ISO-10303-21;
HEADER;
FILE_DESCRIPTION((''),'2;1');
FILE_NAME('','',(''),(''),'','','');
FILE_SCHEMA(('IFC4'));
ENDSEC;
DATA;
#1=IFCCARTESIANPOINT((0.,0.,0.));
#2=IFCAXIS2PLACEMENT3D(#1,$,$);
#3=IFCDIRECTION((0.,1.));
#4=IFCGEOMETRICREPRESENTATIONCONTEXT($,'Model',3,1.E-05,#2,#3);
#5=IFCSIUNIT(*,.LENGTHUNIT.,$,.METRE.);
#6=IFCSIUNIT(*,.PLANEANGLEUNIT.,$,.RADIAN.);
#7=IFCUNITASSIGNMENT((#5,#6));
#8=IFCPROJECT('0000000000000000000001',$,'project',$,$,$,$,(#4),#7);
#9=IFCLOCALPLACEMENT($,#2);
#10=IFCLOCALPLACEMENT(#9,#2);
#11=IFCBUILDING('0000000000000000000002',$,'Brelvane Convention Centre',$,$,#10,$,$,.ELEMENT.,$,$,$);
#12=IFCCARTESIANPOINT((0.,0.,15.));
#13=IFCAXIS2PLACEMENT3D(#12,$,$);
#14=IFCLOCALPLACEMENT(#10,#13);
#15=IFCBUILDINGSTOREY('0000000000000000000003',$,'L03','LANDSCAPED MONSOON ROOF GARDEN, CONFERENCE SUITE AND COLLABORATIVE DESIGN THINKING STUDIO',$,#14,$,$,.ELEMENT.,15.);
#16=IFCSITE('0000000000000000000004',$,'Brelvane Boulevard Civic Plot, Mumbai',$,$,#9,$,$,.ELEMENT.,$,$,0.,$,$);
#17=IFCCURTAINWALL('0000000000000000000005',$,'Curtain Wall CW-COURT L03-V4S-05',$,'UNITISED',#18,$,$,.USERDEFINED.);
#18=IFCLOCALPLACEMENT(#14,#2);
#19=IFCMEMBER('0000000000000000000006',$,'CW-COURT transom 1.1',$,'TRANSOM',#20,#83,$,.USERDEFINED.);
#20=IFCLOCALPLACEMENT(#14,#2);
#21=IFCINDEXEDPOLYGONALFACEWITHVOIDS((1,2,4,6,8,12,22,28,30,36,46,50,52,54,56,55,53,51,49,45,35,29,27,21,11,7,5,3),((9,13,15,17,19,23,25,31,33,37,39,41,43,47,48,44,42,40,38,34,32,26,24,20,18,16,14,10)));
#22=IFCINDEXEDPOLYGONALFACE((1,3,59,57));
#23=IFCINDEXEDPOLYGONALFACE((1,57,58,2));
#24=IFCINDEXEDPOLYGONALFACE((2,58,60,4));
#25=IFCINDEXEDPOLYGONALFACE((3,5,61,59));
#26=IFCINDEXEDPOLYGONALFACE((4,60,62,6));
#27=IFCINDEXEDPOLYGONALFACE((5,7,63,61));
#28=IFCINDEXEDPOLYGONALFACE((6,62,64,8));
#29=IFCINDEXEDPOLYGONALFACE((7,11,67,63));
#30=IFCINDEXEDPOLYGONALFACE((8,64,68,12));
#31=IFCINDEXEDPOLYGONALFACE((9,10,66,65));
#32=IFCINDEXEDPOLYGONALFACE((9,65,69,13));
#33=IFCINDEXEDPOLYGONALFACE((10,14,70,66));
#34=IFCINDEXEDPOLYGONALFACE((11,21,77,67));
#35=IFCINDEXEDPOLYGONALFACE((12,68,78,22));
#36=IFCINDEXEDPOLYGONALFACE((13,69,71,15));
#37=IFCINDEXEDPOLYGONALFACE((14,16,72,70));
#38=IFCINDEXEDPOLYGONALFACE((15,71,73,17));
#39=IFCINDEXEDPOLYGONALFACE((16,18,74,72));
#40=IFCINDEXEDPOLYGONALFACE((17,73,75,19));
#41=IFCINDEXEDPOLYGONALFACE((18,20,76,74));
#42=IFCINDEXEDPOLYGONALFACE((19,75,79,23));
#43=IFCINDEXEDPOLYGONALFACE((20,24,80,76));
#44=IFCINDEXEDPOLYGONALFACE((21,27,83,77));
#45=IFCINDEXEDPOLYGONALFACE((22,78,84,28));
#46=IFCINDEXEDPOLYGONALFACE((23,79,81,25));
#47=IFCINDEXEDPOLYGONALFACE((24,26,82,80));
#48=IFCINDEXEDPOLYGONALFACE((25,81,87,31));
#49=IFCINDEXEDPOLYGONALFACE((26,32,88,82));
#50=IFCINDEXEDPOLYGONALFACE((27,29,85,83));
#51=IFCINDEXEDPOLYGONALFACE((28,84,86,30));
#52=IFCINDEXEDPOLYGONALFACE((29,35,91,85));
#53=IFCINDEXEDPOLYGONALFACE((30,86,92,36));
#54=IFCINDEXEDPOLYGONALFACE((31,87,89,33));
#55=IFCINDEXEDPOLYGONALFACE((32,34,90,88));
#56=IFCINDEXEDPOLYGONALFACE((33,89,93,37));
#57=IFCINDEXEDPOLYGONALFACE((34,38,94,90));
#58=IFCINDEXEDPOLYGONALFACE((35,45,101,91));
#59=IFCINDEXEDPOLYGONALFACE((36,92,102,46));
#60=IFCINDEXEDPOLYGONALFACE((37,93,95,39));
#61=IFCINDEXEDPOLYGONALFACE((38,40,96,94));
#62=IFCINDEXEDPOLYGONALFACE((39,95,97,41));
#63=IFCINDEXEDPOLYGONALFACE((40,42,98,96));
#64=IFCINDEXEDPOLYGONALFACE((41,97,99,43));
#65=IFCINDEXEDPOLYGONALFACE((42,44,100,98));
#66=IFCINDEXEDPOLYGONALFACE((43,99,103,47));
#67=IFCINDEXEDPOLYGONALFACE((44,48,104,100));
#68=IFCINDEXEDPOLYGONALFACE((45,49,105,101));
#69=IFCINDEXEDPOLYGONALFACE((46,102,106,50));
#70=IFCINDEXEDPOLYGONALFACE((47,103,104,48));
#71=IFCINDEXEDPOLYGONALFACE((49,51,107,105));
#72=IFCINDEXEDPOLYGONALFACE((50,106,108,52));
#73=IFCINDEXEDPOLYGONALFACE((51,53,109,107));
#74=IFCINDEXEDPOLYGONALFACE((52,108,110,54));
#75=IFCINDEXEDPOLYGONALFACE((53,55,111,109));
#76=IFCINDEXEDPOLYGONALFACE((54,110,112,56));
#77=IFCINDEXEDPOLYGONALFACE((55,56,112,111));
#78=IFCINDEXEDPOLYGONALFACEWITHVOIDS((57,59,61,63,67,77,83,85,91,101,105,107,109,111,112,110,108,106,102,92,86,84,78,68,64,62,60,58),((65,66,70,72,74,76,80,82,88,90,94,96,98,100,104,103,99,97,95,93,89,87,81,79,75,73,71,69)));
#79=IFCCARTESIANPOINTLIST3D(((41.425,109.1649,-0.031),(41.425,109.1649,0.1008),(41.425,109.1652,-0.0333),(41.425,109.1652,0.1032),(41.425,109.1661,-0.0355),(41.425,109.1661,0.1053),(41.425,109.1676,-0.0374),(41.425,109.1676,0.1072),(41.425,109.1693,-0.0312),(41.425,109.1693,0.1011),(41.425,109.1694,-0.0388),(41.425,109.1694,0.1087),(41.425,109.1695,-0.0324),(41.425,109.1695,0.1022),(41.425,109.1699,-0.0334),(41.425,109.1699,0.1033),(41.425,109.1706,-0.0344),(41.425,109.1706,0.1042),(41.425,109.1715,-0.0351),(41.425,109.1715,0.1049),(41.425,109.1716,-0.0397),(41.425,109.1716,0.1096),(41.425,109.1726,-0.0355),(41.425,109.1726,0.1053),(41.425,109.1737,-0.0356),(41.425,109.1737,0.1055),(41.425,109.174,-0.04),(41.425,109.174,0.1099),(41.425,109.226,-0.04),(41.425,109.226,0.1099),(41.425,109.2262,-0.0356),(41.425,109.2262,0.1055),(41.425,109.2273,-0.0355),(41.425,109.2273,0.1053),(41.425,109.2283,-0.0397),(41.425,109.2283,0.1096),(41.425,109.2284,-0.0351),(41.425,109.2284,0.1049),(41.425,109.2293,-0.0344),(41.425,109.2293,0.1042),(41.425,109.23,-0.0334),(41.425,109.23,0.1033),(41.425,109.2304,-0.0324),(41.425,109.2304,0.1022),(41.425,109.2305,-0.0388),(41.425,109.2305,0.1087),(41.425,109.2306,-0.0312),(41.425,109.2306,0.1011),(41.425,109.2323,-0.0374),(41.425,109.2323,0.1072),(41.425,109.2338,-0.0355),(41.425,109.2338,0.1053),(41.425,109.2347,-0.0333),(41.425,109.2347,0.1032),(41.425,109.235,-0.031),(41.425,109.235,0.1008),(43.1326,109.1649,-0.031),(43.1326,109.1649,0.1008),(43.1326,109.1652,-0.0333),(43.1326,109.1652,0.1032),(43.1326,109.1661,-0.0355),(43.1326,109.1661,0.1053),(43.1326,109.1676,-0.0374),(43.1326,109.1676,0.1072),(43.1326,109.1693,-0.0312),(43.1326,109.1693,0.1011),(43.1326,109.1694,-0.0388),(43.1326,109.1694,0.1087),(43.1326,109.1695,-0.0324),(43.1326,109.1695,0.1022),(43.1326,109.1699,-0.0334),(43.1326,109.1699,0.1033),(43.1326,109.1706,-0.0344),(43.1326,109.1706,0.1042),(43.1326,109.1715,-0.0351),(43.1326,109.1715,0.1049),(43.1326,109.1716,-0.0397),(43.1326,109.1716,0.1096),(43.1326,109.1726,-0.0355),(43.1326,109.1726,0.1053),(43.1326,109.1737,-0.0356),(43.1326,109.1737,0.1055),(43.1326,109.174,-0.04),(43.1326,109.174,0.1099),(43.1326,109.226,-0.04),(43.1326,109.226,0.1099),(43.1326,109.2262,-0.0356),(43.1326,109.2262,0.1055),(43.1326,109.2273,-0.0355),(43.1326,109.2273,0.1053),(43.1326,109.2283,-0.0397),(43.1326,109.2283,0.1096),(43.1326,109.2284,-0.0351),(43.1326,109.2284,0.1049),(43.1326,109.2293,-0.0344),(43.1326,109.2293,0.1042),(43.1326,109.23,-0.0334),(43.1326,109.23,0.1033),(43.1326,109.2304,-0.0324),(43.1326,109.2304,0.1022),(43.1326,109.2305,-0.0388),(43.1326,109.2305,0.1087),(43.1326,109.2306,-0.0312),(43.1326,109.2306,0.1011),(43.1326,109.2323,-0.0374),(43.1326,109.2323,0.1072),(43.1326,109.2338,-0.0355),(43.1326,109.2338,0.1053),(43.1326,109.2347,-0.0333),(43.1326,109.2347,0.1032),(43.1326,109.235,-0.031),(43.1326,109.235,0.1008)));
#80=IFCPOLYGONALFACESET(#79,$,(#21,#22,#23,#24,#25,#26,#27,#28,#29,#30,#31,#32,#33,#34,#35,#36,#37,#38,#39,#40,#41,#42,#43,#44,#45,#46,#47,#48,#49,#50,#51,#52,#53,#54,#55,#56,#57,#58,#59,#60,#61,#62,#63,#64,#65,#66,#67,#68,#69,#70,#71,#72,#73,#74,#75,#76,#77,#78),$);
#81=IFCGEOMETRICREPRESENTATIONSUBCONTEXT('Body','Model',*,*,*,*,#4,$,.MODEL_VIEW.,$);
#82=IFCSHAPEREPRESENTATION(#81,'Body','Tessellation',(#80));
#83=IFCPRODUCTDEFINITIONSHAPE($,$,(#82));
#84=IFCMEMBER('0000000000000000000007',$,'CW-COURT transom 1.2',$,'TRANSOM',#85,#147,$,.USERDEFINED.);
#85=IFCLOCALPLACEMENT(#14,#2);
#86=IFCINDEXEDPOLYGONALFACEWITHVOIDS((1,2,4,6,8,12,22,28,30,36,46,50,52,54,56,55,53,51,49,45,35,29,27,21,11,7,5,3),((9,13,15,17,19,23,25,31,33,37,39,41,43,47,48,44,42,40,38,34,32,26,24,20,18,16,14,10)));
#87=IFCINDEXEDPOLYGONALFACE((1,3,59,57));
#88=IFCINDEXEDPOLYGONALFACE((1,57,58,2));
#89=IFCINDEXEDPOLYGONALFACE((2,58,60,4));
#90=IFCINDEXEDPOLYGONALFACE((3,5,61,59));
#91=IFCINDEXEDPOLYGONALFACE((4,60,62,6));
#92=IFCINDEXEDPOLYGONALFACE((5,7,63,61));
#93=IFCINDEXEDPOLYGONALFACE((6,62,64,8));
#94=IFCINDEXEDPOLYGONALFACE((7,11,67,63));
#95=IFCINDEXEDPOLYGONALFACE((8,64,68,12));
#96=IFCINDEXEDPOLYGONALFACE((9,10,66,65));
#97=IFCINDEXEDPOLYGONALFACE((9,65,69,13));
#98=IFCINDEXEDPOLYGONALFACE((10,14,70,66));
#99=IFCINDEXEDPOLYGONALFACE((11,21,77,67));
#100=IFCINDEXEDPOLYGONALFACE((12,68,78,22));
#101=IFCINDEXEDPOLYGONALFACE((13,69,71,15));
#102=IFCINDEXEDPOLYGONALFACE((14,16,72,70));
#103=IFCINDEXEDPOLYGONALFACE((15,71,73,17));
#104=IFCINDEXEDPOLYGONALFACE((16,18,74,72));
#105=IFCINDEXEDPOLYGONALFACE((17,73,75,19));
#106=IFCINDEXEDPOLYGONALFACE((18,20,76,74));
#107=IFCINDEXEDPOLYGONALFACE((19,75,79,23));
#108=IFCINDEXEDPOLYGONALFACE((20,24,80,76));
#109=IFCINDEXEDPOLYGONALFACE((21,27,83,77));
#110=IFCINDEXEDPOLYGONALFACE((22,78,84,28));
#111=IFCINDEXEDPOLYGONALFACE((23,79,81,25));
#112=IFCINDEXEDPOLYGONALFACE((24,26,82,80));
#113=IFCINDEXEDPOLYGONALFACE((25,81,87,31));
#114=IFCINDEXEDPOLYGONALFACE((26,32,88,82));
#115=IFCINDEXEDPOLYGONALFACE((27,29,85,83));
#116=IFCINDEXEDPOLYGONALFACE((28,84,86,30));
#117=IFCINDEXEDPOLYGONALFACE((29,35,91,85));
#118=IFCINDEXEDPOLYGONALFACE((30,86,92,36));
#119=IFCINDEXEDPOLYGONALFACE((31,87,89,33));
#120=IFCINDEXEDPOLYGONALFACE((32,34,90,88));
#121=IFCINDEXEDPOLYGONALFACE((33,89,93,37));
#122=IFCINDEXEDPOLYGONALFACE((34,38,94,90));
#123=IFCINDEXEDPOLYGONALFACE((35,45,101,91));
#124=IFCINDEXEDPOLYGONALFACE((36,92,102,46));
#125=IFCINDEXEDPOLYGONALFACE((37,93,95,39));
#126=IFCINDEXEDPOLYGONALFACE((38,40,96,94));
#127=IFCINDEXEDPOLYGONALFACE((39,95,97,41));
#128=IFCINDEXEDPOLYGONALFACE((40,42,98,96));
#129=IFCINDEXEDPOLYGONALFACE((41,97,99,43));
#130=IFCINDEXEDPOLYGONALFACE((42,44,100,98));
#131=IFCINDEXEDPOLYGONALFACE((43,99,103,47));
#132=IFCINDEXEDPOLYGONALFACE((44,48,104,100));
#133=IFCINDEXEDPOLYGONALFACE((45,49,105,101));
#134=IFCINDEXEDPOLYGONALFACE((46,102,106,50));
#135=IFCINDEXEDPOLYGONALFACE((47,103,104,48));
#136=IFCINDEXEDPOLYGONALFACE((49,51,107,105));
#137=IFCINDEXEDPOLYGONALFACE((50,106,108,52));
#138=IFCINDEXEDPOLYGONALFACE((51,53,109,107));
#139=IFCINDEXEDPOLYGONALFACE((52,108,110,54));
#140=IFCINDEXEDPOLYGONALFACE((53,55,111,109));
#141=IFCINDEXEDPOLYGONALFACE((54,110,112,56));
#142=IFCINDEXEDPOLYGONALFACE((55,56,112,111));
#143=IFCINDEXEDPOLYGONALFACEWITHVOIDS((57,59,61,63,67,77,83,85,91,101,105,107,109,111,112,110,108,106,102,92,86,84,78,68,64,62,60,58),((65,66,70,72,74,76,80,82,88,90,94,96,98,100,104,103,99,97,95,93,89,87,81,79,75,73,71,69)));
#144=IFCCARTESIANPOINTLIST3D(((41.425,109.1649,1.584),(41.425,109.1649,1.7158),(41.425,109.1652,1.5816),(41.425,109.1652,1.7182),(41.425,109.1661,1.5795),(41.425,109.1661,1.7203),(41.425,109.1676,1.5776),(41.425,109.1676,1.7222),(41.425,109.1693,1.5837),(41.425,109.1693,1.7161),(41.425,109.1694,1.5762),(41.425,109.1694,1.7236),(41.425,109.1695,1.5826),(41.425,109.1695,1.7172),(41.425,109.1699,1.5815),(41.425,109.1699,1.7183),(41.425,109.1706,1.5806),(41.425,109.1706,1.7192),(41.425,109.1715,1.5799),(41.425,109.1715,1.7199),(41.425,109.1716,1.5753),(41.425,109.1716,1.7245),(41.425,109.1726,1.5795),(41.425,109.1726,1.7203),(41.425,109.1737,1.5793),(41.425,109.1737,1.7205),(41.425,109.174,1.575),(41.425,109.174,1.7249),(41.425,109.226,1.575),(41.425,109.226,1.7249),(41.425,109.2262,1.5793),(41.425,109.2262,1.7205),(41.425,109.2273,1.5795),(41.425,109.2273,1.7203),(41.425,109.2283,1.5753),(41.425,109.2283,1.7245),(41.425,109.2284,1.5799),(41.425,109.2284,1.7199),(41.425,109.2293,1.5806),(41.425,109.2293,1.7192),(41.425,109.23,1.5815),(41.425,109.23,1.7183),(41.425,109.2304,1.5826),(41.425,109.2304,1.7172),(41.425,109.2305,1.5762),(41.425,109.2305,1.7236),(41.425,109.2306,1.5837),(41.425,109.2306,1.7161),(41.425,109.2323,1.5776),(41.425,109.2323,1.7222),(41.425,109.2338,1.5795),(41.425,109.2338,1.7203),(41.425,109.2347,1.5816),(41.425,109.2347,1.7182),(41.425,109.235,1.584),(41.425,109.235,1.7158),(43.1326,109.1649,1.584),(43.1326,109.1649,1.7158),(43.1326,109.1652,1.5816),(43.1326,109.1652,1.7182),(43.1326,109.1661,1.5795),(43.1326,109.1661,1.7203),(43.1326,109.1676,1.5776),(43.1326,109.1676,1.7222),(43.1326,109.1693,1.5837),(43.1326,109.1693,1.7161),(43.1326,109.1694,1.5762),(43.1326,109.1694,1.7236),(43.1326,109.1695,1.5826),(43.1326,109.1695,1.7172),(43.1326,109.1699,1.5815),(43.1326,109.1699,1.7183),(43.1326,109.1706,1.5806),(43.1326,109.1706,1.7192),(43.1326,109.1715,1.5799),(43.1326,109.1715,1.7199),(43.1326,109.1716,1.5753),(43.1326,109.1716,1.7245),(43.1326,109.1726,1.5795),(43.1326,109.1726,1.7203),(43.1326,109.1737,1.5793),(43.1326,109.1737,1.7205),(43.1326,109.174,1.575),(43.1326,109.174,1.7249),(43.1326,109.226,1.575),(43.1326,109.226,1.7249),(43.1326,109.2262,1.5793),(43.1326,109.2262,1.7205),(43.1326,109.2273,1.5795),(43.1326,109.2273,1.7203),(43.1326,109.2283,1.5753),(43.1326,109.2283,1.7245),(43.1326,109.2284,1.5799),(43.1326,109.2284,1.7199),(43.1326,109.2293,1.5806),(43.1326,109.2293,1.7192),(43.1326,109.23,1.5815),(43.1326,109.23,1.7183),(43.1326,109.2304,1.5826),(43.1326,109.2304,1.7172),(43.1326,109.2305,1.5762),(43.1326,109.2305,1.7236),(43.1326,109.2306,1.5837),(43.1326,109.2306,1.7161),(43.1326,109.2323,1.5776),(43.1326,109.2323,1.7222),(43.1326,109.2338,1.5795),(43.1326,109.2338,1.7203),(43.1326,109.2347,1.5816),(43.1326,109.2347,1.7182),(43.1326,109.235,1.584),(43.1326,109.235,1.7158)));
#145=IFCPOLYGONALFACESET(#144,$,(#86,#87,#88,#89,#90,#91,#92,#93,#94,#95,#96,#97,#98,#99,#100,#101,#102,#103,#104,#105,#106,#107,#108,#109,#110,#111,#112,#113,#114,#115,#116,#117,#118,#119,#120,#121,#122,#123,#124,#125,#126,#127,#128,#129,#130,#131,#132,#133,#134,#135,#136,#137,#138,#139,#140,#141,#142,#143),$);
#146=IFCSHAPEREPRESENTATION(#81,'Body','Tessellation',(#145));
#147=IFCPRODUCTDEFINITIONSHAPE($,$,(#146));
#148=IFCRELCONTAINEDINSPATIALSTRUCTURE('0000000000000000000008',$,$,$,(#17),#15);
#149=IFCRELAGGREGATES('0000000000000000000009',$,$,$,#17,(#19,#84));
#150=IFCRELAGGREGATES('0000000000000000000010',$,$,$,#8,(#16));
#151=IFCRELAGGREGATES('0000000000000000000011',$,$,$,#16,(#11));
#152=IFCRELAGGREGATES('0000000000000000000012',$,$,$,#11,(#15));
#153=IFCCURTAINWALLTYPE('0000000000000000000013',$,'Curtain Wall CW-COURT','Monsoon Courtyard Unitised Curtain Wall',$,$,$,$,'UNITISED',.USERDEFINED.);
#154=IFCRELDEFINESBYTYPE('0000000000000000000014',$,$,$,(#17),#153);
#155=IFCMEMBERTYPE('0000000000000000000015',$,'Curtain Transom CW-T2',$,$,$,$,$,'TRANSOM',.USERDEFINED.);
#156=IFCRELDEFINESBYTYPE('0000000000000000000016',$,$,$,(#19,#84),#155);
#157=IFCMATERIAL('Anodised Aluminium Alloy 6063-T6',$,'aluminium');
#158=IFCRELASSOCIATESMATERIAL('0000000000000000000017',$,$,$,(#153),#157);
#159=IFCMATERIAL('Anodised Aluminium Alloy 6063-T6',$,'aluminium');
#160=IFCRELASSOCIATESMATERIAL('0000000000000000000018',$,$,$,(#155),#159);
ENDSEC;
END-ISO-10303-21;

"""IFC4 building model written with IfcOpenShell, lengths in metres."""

from ifc_helpers import new_model, si_unit, direction, frame, origin, origin_2d, place, context, subcontext, project, spatial, hollow_rectangle, extrude, material, material_profile, profile_set, type_object, element, aggregate, save


model = new_model("IFC4")

# Units and contexts
model_context = context("Model", 3, precision=1e-05, world=origin(), true_north=direction((0.0, 1.0)))
body_context = subcontext(model_context, "Body", "Model", "MODEL_VIEW")
ifc_project = project(units=[si_unit("LENGTHUNIT", "METRE"), si_unit("PLANEANGLEUNIT", "RADIAN")], contexts=[model_context])

# Site, building, storey
site_placement = place(None, origin())
site = spatial("IfcSite", under=ifc_project, at=site_placement, Name="Brelvane Boulevard Civic Plot, Mumbai", CompositionType="ELEMENT", RefElevation=0.0)
building_placement = place(site_placement, origin())
building = spatial("IfcBuilding", under=site, at=building_placement, Name="Brelvane Convention Centre", CompositionType="ELEMENT")
storey_placement = place(building_placement, frame((0.0, 0.0, 15.0)))
storey = spatial("IfcBuildingStorey", under=building, at=storey_placement, Name="L03", Description="LANDSCAPED MONSOON ROOF GARDEN, CONFERENCE SUITE AND COLLABORATIVE DESIGN THINKING STUDIO", CompositionType="ELEMENT", Elevation=15.0)

# Curtain wall, members
ifc_material_1 = material(Name="Anodised Aluminium Alloy 6063-T6", Category="aluminium")
curtain_wall_type = type_object("IfcCurtainWallType", Name="Curtain Wall CW-COURT", Description="Monsoon Courtyard Unitised Curtain Wall", ElementType="UNITISED", PredefinedType="USERDEFINED", material=ifc_material_1)
curtain_wall_placement = place(storey_placement, origin())
curtain_wall = element("IfcCurtainWall", 1, at=curtain_wall_placement, inside=storey, type_object=curtain_wall_type, Name="Curtain Wall CW-COURT L03-V4S-05", ObjectType="UNITISED", PredefinedType="USERDEFINED")
ifc_material_2 = material(Name="Anodised Aluminium Alloy 6063-T6", Category="aluminium")
ifc_material_profile_1 = material_profile(ifc_material_2, hollow_rectangle(XDim=0.0701, YDim=0.1499, WallThickness=0.0044, InnerFilletRadius=0.0044, OuterFilletRadius=0.009, at=origin_2d()), Name="ALU-T 150x70x4.5")
ifc_profile_set_1 = profile_set([ifc_material_profile_1], Name="Anodised Aluminium Alloy 6063-T6")
member_type_1 = type_object("IfcMemberType", Name="Curtain Transom CW-T2", ElementType="TRANSOM", PredefinedType="USERDEFINED", material=ifc_profile_set_1)
member_1_placement = place(storey_placement, frame((41.425, 109.2, 0.0349), z_axis=(1.0, 0.0, 0.0), x_axis=(0.0, 1.0, 0.0)))
member_1 = element("IfcMember", 2, at=member_1_placement, type_object=member_type_1, Name="CW-COURT transom 1.1", ObjectType="TRANSOM", PredefinedType="USERDEFINED", context=body_context, shape_type="SweptSolid", body=[
    extrude(hollow_rectangle(XDim=0.0701, YDim=0.1499, WallThickness=0.0044, InnerFilletRadius=0.0044, OuterFilletRadius=0.009, at=origin_2d()), origin(), (0.0, 0.0, 1.0), 1.7075),
])
member_2_placement = place(storey_placement, frame((41.425, 109.2, 1.6499), z_axis=(1.0, 0.0, 0.0), x_axis=(0.0, 1.0, 0.0)))
member_2 = element("IfcMember", 3, at=member_2_placement, type_object=member_type_1, Name="CW-COURT transom 1.2", ObjectType="TRANSOM", PredefinedType="USERDEFINED", context=body_context, shape_type="SweptSolid", body=[
    extrude(hollow_rectangle(XDim=0.0701, YDim=0.1499, WallThickness=0.0044, InnerFilletRadius=0.0044, OuterFilletRadius=0.009, at=origin_2d()), origin(), (0.0, 0.0, 1.0), 1.7075),
])

aggregate(curtain_wall, [member_1, member_2])

save(model, "model.ifc")
